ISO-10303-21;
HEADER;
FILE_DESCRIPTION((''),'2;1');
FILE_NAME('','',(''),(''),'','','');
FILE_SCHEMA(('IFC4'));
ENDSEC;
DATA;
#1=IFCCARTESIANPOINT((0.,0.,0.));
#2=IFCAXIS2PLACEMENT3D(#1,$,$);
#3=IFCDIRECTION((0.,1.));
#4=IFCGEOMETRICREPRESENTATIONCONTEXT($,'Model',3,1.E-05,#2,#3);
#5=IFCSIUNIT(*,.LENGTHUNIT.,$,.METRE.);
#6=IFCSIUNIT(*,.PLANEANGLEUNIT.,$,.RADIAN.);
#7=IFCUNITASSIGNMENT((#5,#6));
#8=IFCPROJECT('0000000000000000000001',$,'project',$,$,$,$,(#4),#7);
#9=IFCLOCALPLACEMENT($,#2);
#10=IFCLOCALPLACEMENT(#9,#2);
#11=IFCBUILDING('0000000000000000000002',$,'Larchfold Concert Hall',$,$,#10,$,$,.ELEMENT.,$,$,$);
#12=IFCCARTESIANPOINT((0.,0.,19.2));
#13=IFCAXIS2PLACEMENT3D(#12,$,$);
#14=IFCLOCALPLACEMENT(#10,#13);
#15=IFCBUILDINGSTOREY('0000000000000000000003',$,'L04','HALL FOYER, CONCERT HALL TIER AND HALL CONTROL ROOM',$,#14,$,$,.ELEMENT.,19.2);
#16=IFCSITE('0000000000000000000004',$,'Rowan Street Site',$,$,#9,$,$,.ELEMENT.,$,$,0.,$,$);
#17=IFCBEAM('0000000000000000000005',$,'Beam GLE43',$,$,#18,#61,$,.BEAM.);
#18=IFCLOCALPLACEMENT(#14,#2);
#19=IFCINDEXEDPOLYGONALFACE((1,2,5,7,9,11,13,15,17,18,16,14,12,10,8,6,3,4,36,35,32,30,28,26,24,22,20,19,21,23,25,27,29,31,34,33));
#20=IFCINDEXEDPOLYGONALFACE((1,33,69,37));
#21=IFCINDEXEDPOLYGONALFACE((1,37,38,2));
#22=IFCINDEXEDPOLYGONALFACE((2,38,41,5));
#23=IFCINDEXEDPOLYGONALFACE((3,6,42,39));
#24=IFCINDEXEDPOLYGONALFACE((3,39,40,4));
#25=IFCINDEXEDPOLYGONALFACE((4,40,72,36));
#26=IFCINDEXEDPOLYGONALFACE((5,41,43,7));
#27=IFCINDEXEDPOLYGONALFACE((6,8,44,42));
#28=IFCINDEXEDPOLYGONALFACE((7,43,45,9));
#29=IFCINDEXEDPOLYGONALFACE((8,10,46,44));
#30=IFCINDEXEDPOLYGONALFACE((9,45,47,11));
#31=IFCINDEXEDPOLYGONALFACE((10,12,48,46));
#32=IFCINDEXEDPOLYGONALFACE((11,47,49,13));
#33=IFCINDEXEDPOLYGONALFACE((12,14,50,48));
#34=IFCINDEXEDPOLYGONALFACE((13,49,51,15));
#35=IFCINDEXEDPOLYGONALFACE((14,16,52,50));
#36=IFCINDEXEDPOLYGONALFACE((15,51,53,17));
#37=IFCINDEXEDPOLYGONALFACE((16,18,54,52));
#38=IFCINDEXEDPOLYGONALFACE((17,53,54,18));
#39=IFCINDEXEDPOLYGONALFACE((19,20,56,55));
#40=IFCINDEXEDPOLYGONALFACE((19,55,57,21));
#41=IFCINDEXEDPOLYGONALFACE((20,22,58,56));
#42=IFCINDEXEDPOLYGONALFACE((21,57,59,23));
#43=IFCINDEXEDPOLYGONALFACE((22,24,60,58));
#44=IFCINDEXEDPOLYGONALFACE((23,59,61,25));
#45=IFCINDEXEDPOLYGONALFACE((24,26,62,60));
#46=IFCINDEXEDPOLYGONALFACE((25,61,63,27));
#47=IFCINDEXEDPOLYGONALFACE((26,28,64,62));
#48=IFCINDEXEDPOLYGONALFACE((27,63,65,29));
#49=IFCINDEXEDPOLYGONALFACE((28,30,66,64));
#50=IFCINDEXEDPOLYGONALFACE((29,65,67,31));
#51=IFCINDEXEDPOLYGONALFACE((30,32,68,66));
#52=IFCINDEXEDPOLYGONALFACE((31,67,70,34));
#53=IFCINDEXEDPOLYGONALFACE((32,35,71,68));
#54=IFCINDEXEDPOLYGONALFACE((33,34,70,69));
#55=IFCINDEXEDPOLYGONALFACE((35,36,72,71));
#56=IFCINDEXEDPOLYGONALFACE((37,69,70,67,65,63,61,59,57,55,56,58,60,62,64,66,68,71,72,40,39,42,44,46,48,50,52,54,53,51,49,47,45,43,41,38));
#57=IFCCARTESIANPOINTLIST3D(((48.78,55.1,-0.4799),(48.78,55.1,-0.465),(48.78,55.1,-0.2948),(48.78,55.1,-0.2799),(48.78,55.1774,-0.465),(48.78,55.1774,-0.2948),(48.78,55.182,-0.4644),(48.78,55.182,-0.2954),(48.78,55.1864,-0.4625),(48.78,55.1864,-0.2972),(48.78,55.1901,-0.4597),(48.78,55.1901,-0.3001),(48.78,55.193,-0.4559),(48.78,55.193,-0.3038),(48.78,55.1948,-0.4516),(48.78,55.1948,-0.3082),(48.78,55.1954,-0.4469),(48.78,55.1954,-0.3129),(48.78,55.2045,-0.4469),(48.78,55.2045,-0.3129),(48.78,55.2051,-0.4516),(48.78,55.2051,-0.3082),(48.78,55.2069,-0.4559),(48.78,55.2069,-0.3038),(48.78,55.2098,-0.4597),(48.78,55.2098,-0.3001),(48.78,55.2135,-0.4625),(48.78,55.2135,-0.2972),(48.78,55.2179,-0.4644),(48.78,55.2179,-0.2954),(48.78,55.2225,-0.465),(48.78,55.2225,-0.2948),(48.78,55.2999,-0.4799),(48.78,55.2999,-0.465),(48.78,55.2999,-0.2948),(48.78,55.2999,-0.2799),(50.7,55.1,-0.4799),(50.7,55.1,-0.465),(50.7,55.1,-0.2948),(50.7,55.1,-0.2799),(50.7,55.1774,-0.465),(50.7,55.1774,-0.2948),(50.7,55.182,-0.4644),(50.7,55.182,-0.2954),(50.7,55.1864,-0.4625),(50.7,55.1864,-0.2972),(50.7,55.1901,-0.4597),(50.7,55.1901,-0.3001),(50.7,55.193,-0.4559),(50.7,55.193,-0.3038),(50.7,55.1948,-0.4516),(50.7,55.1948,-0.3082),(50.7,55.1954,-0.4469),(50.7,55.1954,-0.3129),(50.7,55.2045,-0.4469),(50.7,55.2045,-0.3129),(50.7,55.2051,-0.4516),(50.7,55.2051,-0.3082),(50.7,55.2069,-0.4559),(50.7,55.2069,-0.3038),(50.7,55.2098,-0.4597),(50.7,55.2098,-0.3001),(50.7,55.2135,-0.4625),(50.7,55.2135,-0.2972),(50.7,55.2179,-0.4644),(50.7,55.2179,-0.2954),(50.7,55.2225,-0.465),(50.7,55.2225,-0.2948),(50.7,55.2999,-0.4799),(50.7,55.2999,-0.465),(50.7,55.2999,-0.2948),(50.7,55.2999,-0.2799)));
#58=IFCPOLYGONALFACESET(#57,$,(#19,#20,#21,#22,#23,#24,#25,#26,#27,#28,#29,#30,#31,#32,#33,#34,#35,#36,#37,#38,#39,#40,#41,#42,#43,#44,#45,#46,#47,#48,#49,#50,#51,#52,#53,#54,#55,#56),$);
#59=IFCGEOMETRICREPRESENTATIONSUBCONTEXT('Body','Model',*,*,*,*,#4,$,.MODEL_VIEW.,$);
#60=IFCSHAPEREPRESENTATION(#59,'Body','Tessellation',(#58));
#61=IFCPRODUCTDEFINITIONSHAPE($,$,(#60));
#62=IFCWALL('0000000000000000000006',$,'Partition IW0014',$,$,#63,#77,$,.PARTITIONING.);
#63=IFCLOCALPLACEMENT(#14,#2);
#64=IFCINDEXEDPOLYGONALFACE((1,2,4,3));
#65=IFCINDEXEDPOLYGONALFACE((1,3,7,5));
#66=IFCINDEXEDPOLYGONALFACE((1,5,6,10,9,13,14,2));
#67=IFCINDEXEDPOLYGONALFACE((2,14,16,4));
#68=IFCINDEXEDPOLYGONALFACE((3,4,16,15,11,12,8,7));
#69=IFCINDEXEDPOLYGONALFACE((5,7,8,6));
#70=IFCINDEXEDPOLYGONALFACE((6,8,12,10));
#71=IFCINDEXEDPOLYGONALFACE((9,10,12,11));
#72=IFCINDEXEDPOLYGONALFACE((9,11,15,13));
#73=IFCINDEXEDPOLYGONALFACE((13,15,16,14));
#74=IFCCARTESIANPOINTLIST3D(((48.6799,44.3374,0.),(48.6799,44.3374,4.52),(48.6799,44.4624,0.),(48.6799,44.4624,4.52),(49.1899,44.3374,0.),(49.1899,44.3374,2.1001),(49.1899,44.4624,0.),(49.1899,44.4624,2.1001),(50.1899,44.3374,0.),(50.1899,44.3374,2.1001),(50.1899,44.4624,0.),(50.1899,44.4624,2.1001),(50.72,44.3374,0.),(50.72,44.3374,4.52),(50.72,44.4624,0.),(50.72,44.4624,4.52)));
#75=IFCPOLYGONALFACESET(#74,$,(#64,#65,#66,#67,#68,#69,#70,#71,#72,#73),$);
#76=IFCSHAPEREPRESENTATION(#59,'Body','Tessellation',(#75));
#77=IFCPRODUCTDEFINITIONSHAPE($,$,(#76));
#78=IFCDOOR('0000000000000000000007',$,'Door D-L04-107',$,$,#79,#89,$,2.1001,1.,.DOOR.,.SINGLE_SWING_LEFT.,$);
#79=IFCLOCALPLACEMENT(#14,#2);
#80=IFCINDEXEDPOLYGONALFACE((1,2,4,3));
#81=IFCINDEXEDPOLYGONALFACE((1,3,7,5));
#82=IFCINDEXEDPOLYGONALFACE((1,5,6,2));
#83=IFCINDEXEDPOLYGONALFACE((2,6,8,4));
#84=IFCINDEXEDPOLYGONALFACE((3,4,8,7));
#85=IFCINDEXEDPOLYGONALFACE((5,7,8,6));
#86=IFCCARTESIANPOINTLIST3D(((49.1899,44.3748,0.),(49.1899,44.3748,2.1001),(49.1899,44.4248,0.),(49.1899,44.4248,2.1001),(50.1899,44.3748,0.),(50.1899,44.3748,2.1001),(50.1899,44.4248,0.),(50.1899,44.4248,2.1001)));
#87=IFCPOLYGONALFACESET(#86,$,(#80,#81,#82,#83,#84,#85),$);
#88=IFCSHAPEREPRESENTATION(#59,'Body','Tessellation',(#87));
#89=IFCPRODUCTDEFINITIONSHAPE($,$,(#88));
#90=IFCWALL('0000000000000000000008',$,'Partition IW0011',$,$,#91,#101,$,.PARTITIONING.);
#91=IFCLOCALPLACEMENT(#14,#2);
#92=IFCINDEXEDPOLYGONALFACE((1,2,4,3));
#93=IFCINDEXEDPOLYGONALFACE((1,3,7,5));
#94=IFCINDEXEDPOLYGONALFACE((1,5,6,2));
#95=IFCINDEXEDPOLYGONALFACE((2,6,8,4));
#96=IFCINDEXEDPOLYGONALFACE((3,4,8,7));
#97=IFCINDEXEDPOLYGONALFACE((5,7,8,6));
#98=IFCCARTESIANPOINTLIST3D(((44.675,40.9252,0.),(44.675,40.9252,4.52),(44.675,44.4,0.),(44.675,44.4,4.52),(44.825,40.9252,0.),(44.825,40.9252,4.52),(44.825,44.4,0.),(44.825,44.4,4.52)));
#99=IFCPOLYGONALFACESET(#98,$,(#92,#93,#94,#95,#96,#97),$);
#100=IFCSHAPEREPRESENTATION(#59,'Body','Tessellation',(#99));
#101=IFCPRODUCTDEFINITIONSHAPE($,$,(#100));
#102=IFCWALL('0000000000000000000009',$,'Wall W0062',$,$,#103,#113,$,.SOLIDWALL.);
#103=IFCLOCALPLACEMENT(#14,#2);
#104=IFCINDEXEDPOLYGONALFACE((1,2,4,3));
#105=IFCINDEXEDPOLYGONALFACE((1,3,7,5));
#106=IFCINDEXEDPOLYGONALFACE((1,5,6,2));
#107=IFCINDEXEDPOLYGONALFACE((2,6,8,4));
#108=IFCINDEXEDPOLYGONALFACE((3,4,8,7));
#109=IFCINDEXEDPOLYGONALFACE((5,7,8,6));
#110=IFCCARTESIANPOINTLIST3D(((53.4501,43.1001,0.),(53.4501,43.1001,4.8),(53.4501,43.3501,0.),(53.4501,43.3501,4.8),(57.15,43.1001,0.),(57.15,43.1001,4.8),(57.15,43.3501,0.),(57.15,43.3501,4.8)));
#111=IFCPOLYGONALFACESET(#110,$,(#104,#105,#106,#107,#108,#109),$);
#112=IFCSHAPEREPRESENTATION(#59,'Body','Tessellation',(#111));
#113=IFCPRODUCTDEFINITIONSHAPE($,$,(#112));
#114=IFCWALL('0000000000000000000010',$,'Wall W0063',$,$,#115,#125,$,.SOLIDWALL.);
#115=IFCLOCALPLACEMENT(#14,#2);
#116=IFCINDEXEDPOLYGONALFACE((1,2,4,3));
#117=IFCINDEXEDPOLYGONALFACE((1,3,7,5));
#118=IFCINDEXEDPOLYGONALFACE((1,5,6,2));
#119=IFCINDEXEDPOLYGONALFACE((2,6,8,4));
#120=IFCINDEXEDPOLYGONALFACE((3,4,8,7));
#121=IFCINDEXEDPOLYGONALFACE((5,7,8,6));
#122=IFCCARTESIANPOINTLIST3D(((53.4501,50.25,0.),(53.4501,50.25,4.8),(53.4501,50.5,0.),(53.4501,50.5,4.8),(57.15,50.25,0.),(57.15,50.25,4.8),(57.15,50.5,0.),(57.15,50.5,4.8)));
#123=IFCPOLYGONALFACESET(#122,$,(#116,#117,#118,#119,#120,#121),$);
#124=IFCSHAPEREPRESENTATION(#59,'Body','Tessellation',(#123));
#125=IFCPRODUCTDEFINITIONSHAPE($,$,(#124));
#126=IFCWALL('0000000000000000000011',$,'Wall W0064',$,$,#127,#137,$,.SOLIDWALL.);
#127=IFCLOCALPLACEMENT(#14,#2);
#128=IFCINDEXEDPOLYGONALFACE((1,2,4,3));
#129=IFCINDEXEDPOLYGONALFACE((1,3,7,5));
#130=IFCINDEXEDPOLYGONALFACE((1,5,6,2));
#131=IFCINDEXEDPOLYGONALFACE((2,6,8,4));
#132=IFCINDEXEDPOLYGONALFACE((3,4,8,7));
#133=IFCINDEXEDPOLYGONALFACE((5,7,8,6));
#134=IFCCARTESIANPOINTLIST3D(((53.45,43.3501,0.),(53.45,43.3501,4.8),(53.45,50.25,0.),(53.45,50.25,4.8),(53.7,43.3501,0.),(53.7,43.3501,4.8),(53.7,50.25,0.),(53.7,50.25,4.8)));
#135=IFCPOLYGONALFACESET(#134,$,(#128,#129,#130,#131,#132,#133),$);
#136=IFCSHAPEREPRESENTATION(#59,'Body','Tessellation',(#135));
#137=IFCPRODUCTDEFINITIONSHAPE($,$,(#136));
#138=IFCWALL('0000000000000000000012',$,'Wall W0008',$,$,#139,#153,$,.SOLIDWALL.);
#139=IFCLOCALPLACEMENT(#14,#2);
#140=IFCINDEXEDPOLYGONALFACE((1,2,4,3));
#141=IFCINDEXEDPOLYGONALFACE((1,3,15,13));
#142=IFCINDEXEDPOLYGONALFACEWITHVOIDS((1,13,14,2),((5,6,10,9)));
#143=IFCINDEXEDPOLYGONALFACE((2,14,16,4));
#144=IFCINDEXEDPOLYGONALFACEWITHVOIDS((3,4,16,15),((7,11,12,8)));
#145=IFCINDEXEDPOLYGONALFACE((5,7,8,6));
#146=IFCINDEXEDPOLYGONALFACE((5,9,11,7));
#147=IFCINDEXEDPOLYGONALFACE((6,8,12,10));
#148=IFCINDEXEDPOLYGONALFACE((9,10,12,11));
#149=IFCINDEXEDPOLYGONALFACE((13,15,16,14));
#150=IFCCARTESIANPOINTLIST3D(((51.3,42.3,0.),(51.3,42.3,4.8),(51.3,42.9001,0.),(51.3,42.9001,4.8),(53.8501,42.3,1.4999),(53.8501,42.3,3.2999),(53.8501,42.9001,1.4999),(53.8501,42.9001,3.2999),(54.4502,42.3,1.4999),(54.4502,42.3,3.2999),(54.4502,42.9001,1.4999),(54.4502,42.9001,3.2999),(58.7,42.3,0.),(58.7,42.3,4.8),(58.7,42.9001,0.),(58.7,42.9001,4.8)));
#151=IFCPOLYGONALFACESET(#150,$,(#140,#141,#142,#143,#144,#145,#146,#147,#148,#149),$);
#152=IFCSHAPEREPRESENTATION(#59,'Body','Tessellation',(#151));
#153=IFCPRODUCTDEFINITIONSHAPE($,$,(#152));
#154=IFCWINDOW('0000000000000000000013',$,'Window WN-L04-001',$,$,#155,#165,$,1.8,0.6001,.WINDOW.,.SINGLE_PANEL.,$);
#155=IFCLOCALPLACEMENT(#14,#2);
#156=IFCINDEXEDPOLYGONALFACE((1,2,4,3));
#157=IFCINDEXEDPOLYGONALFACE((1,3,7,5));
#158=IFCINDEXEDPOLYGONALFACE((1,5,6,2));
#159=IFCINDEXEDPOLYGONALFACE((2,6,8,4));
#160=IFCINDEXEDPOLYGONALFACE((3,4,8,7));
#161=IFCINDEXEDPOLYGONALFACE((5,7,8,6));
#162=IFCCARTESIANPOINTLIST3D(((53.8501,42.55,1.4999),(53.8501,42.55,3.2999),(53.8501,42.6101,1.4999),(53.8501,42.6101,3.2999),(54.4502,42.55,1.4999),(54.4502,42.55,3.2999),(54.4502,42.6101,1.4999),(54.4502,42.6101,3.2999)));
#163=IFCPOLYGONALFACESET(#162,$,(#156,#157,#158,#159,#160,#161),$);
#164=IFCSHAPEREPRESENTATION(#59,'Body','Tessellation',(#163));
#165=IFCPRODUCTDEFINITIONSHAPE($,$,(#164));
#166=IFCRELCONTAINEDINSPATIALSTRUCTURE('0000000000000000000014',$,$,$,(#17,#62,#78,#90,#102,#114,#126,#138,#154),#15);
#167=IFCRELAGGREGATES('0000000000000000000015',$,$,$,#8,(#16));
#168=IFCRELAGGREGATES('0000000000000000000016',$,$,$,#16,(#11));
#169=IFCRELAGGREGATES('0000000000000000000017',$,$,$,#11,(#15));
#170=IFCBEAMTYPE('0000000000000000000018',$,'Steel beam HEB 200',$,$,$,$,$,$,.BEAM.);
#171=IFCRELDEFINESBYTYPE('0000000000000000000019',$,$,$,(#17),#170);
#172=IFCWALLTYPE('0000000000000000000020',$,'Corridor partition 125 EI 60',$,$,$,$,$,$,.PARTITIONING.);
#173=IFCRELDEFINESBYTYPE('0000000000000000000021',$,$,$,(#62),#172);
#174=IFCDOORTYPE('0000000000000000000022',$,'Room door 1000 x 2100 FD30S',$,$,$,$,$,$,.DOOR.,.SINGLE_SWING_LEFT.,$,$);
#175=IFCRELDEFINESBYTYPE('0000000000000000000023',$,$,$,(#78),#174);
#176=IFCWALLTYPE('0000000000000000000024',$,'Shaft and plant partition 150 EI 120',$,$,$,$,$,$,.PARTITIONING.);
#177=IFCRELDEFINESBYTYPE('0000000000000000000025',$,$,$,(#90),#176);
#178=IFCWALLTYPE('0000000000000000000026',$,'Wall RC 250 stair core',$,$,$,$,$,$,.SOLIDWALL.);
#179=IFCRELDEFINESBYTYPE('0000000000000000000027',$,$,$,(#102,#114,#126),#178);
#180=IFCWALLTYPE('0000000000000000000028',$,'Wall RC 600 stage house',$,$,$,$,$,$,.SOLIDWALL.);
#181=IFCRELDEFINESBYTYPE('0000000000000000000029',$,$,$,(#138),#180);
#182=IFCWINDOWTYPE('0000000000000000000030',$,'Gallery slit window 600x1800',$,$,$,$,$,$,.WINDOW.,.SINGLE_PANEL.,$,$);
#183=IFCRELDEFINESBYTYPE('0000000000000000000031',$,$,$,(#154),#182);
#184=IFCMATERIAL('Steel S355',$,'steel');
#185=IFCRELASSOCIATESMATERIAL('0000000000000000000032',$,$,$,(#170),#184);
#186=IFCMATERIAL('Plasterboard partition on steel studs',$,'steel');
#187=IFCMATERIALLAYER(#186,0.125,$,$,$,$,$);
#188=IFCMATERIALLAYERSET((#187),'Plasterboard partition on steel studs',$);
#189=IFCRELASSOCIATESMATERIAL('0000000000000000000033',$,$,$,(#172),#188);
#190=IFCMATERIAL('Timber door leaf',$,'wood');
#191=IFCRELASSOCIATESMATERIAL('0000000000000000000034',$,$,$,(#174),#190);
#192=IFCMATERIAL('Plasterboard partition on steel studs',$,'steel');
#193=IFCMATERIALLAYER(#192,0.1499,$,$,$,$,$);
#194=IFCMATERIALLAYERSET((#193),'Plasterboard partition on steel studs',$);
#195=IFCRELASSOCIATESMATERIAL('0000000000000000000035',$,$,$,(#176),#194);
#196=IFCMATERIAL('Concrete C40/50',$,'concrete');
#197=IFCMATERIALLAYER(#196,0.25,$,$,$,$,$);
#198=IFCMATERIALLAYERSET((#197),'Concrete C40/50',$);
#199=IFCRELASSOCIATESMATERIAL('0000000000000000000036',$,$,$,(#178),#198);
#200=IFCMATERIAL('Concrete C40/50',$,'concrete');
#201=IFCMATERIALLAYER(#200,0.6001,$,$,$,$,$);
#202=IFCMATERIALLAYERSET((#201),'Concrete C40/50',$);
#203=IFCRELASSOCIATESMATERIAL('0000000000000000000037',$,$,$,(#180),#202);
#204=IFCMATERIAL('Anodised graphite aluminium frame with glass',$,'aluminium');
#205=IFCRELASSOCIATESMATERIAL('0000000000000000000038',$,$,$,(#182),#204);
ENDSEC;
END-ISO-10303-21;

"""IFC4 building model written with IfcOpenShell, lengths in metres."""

from ifc_helpers import new_model, si_unit, direction, frame, frame_2d, origin, origin_2d, place, context, subcontext, project, spatial, rectangle, i_section, extrude, material, layer, layer_set, material_profile, profile_set, type_object, element, fill, save


model = new_model("IFC4")

# Units and contexts
model_context = context("Model", 3, precision=1e-05, world=origin(), true_north=direction((0.0, 1.0)))
body_context = subcontext(model_context, "Body", "Model", "MODEL_VIEW")
ifc_project = project(units=[si_unit("LENGTHUNIT", "METRE"), si_unit("PLANEANGLEUNIT", "RADIAN")], contexts=[model_context])

# Site, building, storey
site_placement = place(None, origin())
site = spatial("IfcSite", under=ifc_project, at=site_placement, Name="Rowan Street Site", CompositionType="ELEMENT", RefElevation=0.0)
building_placement = place(site_placement, origin())
building = spatial("IfcBuilding", under=site, at=building_placement, Name="Larchfold Concert Hall", CompositionType="ELEMENT")
storey_placement = place(building_placement, frame((0.0, 0.0, 19.2)))
storey = spatial("IfcBuildingStorey", under=building, at=storey_placement, Name="L04", Description="HALL FOYER, CONCERT HALL TIER AND HALL CONTROL ROOM", CompositionType="ELEMENT", Elevation=19.2)

# Beam
ifc_material_1 = material(Name="Steel S355", Category="steel")
ifc_material_profile_1 = material_profile(ifc_material_1, i_section(OverallWidth=0.2, OverallDepth=0.2, WebThickness=0.009, FlangeThickness=0.0149, FilletRadius=0.0181, at=origin_2d()))
ifc_profile_set_1 = profile_set([ifc_material_profile_1], Name="Steel S355")
beam_type_1 = type_object("IfcBeamType", Name="Steel beam HEB 200", PredefinedType="BEAM", material=ifc_profile_set_1)
for number, where, z_axis, x_axis, name in (
    (1, (50.7, 55.2, -0.3799), (-1.0, 0.0, 0.0), (0.0, -1.0, 0.0), "Beam GLE43"),
):
    element("IfcBeam", number, at=place(storey_placement, frame(where, z_axis=z_axis, x_axis=x_axis)), inside=storey, type_object=beam_type_1, Name=name, PredefinedType="BEAM", context=body_context, shape_type="SweptSolid", body=[
        extrude(i_section(OverallWidth=0.2, OverallDepth=0.2, WebThickness=0.009, FlangeThickness=0.0149, FilletRadius=0.0181, at=origin_2d()), origin(), (0.0, 0.0, 1.0), 1.9199),
    ])

# Wall, opening, door
ifc_material_2 = material(Name="Plasterboard partition on steel studs", Category="steel")
ifc_layer_1 = layer(ifc_material_2, 0.125)
ifc_layer_set_1 = layer_set([ifc_layer_1], Name="Plasterboard partition on steel studs")
wall_type_1 = type_object("IfcWallType", Name="Corridor partition 125 EI 60", PredefinedType="PARTITIONING", material=ifc_layer_set_1)
wall_1_placement = place(storey_placement, frame((48.6799, 44.3999, 0.0), z_axis=(0.0, 0.0, 1.0), x_axis=(1.0, 0.0, 0.0)))
wall_1 = element("IfcWall", 2, at=wall_1_placement, inside=storey, type_object=wall_type_1, Name="Partition IW0014", PredefinedType="PARTITIONING", context=body_context, shape_type="SweptSolid", body=[
    extrude(rectangle(XDim=2.04, YDim=0.125, at=frame_2d((1.02, 0.0))), origin(), (0.0, 0.0, 1.0), 4.52),
])
opening_1_placement = place(wall_1_placement, frame((0.51, 0.0, 0.0)))
opening_1 = element("IfcOpeningElement", 3, at=opening_1_placement, cuts=wall_1, PredefinedType="OPENING", context=body_context, shape_type="SweptSolid", body=[
    extrude(rectangle(XDim=1.0, YDim=2.1001, at=frame_2d((0.5, 1.05))), frame((0.0, 0.0725, 0.0), z_axis=(0.0, -1.0, 0.0), x_axis=(1.0, 0.0, 0.0)), (0.0, 0.0, 1.0), 0.145),
])
ifc_material_3 = material(Name="Timber door leaf", Category="wood")
door_type = type_object("IfcDoorType", Name="Room door 1000 x 2100 FD30S", OperationType="SINGLE_SWING_LEFT", PredefinedType="DOOR", material=ifc_material_3)
door_placement = place(opening_1_placement, origin())
door = element("IfcDoor", 4, at=door_placement, inside=storey, type_object=door_type, Name="Door D-L04-107", OperationType="SINGLE_SWING_LEFT", OverallHeight=2.1001, OverallWidth=1.0, PredefinedType="DOOR", context=body_context, shape_type="SweptSolid", body=[
    extrude(rectangle(XDim=1.0, YDim=2.1001, at=frame_2d((0.5, 1.05))), frame((0.0, 0.0249, 0.0), z_axis=(0.0, -1.0, 0.0), x_axis=(1.0, 0.0, 0.0)), (0.0, 0.0, 1.0), 0.05),
])
fill(opening_1, door)

# Walls
ifc_material_4 = material(Name="Plasterboard partition on steel studs", Category="steel")
ifc_layer_2 = layer(ifc_material_4, 0.1499)
ifc_layer_set_2 = layer_set([ifc_layer_2], Name="Plasterboard partition on steel studs")
wall_type_2 = type_object("IfcWallType", Name="Shaft and plant partition 150 EI 120", PredefinedType="PARTITIONING", material=ifc_layer_set_2)
wall_2_placement = place(storey_placement, frame((44.75, 44.3999, 0.0), z_axis=(0.0, 0.0, 1.0), x_axis=(0.0, -1.0, 0.0)))
element("IfcWall", 5, at=wall_2_placement, inside=storey, type_object=wall_type_2, Name="Partition IW0011", PredefinedType="PARTITIONING", context=body_context, shape_type="SweptSolid", body=[
    extrude(rectangle(XDim=3.4749, YDim=0.1499, at=frame_2d((1.7373, 0.0))), origin(), (0.0, 0.0, 1.0), 4.52),
])
ifc_material_5 = material(Name="Concrete C40/50", Category="concrete")
ifc_layer_3 = layer(ifc_material_5, 0.25)
ifc_layer_set_3 = layer_set([ifc_layer_3], Name="Concrete C40/50")
wall_type_3 = type_object("IfcWallType", Name="Wall RC 250 stair core", PredefinedType="SOLIDWALL", material=ifc_layer_set_3)
for number, where, z_axis, x_axis, name in (
    (6, (53.45, 43.2251, 0.0), (0.0, 0.0, 1.0), (1.0, 0.0, 0.0), "Wall W0062"),
    (7, (53.45, 50.375, 0.0), (0.0, 0.0, 1.0), (1.0, 0.0, 0.0), "Wall W0063"),
):
    element("IfcWall", number, at=place(storey_placement, frame(where, z_axis=z_axis, x_axis=x_axis)), inside=storey, type_object=wall_type_3, Name=name, PredefinedType="SOLIDWALL", context=body_context, shape_type="SweptSolid", body=[
        extrude(rectangle(XDim=3.7, YDim=0.25, at=frame_2d((1.8501, 0.0))), origin(), (0.0, 0.0, 1.0), 4.8),
    ])
wall_3_placement = place(storey_placement, frame((53.575, 43.3501, 0.0), z_axis=(0.0, 0.0, 1.0), x_axis=(0.0, 1.0, 0.0)))
element("IfcWall", 8, at=wall_3_placement, inside=storey, type_object=wall_type_3, Name="Wall W0064", PredefinedType="SOLIDWALL", context=body_context, shape_type="SweptSolid", body=[
    extrude(rectangle(XDim=6.8999, YDim=0.25, at=frame_2d((3.45, 0.0))), origin(), (0.0, 0.0, 1.0), 4.8),
])

# Wall, opening, window
ifc_material_6 = material(Name="Concrete C40/50", Category="concrete")
ifc_layer_4 = layer(ifc_material_6, 0.6001)
ifc_layer_set_4 = layer_set([ifc_layer_4], Name="Concrete C40/50")
wall_type_4 = type_object("IfcWallType", Name="Wall RC 600 stage house", PredefinedType="SOLIDWALL", material=ifc_layer_set_4)
wall_4_placement = place(storey_placement, frame((51.3, 42.6001, 0.0), z_axis=(0.0, 0.0, 1.0), x_axis=(1.0, 0.0, 0.0)))
wall_4 = element("IfcWall", 9, at=wall_4_placement, inside=storey, type_object=wall_type_4, Name="Wall W0008", PredefinedType="SOLIDWALL", context=body_context, shape_type="SweptSolid", body=[
    extrude(rectangle(XDim=7.3999, YDim=0.6001, at=frame_2d((3.7, 0.0))), origin(), (0.0, 0.0, 1.0), 4.8),
])
opening_2_placement = place(wall_4_placement, frame((2.55, 0.0, 1.5)))
opening_2 = element("IfcOpeningElement", 10, at=opening_2_placement, cuts=wall_4, PredefinedType="OPENING", context=body_context, shape_type="SweptSolid", body=[
    extrude(rectangle(XDim=0.6001, YDim=1.8, at=frame_2d((0.3, 0.8999))), frame((0.0, 0.3101, 0.0), z_axis=(0.0, -1.0, 0.0), x_axis=(1.0, 0.0, 0.0)), (0.0, 0.0, 1.0), 0.6201),
])
ifc_material_7 = material(Name="Anodised graphite aluminium frame with glass", Category="aluminium")
window_type = type_object("IfcWindowType", Name="Gallery slit window 600x1800", PartitioningType="SINGLE_PANEL", PredefinedType="WINDOW", material=ifc_material_7)
window_1_placement = place(opening_2_placement, origin())
window_1 = element("IfcWindow", 11, at=window_1_placement, inside=storey, type_object=window_type, Name="Window WN-L04-001", OverallHeight=1.8, OverallWidth=0.6001, PartitioningType="SINGLE_PANEL", PredefinedType="WINDOW", context=body_context, shape_type="SweptSolid", body=[
    extrude(rectangle(XDim=0.6001, YDim=1.8, at=frame_2d((0.3, 0.8999))), frame((0.0, 0.01, 0.0), z_axis=(0.0, -1.0, 0.0), x_axis=(1.0, 0.0, 0.0)), (0.0, 0.0, 1.0), 0.0601),
])
fill(opening_2, window_1)

save(model, "model.ifc")
